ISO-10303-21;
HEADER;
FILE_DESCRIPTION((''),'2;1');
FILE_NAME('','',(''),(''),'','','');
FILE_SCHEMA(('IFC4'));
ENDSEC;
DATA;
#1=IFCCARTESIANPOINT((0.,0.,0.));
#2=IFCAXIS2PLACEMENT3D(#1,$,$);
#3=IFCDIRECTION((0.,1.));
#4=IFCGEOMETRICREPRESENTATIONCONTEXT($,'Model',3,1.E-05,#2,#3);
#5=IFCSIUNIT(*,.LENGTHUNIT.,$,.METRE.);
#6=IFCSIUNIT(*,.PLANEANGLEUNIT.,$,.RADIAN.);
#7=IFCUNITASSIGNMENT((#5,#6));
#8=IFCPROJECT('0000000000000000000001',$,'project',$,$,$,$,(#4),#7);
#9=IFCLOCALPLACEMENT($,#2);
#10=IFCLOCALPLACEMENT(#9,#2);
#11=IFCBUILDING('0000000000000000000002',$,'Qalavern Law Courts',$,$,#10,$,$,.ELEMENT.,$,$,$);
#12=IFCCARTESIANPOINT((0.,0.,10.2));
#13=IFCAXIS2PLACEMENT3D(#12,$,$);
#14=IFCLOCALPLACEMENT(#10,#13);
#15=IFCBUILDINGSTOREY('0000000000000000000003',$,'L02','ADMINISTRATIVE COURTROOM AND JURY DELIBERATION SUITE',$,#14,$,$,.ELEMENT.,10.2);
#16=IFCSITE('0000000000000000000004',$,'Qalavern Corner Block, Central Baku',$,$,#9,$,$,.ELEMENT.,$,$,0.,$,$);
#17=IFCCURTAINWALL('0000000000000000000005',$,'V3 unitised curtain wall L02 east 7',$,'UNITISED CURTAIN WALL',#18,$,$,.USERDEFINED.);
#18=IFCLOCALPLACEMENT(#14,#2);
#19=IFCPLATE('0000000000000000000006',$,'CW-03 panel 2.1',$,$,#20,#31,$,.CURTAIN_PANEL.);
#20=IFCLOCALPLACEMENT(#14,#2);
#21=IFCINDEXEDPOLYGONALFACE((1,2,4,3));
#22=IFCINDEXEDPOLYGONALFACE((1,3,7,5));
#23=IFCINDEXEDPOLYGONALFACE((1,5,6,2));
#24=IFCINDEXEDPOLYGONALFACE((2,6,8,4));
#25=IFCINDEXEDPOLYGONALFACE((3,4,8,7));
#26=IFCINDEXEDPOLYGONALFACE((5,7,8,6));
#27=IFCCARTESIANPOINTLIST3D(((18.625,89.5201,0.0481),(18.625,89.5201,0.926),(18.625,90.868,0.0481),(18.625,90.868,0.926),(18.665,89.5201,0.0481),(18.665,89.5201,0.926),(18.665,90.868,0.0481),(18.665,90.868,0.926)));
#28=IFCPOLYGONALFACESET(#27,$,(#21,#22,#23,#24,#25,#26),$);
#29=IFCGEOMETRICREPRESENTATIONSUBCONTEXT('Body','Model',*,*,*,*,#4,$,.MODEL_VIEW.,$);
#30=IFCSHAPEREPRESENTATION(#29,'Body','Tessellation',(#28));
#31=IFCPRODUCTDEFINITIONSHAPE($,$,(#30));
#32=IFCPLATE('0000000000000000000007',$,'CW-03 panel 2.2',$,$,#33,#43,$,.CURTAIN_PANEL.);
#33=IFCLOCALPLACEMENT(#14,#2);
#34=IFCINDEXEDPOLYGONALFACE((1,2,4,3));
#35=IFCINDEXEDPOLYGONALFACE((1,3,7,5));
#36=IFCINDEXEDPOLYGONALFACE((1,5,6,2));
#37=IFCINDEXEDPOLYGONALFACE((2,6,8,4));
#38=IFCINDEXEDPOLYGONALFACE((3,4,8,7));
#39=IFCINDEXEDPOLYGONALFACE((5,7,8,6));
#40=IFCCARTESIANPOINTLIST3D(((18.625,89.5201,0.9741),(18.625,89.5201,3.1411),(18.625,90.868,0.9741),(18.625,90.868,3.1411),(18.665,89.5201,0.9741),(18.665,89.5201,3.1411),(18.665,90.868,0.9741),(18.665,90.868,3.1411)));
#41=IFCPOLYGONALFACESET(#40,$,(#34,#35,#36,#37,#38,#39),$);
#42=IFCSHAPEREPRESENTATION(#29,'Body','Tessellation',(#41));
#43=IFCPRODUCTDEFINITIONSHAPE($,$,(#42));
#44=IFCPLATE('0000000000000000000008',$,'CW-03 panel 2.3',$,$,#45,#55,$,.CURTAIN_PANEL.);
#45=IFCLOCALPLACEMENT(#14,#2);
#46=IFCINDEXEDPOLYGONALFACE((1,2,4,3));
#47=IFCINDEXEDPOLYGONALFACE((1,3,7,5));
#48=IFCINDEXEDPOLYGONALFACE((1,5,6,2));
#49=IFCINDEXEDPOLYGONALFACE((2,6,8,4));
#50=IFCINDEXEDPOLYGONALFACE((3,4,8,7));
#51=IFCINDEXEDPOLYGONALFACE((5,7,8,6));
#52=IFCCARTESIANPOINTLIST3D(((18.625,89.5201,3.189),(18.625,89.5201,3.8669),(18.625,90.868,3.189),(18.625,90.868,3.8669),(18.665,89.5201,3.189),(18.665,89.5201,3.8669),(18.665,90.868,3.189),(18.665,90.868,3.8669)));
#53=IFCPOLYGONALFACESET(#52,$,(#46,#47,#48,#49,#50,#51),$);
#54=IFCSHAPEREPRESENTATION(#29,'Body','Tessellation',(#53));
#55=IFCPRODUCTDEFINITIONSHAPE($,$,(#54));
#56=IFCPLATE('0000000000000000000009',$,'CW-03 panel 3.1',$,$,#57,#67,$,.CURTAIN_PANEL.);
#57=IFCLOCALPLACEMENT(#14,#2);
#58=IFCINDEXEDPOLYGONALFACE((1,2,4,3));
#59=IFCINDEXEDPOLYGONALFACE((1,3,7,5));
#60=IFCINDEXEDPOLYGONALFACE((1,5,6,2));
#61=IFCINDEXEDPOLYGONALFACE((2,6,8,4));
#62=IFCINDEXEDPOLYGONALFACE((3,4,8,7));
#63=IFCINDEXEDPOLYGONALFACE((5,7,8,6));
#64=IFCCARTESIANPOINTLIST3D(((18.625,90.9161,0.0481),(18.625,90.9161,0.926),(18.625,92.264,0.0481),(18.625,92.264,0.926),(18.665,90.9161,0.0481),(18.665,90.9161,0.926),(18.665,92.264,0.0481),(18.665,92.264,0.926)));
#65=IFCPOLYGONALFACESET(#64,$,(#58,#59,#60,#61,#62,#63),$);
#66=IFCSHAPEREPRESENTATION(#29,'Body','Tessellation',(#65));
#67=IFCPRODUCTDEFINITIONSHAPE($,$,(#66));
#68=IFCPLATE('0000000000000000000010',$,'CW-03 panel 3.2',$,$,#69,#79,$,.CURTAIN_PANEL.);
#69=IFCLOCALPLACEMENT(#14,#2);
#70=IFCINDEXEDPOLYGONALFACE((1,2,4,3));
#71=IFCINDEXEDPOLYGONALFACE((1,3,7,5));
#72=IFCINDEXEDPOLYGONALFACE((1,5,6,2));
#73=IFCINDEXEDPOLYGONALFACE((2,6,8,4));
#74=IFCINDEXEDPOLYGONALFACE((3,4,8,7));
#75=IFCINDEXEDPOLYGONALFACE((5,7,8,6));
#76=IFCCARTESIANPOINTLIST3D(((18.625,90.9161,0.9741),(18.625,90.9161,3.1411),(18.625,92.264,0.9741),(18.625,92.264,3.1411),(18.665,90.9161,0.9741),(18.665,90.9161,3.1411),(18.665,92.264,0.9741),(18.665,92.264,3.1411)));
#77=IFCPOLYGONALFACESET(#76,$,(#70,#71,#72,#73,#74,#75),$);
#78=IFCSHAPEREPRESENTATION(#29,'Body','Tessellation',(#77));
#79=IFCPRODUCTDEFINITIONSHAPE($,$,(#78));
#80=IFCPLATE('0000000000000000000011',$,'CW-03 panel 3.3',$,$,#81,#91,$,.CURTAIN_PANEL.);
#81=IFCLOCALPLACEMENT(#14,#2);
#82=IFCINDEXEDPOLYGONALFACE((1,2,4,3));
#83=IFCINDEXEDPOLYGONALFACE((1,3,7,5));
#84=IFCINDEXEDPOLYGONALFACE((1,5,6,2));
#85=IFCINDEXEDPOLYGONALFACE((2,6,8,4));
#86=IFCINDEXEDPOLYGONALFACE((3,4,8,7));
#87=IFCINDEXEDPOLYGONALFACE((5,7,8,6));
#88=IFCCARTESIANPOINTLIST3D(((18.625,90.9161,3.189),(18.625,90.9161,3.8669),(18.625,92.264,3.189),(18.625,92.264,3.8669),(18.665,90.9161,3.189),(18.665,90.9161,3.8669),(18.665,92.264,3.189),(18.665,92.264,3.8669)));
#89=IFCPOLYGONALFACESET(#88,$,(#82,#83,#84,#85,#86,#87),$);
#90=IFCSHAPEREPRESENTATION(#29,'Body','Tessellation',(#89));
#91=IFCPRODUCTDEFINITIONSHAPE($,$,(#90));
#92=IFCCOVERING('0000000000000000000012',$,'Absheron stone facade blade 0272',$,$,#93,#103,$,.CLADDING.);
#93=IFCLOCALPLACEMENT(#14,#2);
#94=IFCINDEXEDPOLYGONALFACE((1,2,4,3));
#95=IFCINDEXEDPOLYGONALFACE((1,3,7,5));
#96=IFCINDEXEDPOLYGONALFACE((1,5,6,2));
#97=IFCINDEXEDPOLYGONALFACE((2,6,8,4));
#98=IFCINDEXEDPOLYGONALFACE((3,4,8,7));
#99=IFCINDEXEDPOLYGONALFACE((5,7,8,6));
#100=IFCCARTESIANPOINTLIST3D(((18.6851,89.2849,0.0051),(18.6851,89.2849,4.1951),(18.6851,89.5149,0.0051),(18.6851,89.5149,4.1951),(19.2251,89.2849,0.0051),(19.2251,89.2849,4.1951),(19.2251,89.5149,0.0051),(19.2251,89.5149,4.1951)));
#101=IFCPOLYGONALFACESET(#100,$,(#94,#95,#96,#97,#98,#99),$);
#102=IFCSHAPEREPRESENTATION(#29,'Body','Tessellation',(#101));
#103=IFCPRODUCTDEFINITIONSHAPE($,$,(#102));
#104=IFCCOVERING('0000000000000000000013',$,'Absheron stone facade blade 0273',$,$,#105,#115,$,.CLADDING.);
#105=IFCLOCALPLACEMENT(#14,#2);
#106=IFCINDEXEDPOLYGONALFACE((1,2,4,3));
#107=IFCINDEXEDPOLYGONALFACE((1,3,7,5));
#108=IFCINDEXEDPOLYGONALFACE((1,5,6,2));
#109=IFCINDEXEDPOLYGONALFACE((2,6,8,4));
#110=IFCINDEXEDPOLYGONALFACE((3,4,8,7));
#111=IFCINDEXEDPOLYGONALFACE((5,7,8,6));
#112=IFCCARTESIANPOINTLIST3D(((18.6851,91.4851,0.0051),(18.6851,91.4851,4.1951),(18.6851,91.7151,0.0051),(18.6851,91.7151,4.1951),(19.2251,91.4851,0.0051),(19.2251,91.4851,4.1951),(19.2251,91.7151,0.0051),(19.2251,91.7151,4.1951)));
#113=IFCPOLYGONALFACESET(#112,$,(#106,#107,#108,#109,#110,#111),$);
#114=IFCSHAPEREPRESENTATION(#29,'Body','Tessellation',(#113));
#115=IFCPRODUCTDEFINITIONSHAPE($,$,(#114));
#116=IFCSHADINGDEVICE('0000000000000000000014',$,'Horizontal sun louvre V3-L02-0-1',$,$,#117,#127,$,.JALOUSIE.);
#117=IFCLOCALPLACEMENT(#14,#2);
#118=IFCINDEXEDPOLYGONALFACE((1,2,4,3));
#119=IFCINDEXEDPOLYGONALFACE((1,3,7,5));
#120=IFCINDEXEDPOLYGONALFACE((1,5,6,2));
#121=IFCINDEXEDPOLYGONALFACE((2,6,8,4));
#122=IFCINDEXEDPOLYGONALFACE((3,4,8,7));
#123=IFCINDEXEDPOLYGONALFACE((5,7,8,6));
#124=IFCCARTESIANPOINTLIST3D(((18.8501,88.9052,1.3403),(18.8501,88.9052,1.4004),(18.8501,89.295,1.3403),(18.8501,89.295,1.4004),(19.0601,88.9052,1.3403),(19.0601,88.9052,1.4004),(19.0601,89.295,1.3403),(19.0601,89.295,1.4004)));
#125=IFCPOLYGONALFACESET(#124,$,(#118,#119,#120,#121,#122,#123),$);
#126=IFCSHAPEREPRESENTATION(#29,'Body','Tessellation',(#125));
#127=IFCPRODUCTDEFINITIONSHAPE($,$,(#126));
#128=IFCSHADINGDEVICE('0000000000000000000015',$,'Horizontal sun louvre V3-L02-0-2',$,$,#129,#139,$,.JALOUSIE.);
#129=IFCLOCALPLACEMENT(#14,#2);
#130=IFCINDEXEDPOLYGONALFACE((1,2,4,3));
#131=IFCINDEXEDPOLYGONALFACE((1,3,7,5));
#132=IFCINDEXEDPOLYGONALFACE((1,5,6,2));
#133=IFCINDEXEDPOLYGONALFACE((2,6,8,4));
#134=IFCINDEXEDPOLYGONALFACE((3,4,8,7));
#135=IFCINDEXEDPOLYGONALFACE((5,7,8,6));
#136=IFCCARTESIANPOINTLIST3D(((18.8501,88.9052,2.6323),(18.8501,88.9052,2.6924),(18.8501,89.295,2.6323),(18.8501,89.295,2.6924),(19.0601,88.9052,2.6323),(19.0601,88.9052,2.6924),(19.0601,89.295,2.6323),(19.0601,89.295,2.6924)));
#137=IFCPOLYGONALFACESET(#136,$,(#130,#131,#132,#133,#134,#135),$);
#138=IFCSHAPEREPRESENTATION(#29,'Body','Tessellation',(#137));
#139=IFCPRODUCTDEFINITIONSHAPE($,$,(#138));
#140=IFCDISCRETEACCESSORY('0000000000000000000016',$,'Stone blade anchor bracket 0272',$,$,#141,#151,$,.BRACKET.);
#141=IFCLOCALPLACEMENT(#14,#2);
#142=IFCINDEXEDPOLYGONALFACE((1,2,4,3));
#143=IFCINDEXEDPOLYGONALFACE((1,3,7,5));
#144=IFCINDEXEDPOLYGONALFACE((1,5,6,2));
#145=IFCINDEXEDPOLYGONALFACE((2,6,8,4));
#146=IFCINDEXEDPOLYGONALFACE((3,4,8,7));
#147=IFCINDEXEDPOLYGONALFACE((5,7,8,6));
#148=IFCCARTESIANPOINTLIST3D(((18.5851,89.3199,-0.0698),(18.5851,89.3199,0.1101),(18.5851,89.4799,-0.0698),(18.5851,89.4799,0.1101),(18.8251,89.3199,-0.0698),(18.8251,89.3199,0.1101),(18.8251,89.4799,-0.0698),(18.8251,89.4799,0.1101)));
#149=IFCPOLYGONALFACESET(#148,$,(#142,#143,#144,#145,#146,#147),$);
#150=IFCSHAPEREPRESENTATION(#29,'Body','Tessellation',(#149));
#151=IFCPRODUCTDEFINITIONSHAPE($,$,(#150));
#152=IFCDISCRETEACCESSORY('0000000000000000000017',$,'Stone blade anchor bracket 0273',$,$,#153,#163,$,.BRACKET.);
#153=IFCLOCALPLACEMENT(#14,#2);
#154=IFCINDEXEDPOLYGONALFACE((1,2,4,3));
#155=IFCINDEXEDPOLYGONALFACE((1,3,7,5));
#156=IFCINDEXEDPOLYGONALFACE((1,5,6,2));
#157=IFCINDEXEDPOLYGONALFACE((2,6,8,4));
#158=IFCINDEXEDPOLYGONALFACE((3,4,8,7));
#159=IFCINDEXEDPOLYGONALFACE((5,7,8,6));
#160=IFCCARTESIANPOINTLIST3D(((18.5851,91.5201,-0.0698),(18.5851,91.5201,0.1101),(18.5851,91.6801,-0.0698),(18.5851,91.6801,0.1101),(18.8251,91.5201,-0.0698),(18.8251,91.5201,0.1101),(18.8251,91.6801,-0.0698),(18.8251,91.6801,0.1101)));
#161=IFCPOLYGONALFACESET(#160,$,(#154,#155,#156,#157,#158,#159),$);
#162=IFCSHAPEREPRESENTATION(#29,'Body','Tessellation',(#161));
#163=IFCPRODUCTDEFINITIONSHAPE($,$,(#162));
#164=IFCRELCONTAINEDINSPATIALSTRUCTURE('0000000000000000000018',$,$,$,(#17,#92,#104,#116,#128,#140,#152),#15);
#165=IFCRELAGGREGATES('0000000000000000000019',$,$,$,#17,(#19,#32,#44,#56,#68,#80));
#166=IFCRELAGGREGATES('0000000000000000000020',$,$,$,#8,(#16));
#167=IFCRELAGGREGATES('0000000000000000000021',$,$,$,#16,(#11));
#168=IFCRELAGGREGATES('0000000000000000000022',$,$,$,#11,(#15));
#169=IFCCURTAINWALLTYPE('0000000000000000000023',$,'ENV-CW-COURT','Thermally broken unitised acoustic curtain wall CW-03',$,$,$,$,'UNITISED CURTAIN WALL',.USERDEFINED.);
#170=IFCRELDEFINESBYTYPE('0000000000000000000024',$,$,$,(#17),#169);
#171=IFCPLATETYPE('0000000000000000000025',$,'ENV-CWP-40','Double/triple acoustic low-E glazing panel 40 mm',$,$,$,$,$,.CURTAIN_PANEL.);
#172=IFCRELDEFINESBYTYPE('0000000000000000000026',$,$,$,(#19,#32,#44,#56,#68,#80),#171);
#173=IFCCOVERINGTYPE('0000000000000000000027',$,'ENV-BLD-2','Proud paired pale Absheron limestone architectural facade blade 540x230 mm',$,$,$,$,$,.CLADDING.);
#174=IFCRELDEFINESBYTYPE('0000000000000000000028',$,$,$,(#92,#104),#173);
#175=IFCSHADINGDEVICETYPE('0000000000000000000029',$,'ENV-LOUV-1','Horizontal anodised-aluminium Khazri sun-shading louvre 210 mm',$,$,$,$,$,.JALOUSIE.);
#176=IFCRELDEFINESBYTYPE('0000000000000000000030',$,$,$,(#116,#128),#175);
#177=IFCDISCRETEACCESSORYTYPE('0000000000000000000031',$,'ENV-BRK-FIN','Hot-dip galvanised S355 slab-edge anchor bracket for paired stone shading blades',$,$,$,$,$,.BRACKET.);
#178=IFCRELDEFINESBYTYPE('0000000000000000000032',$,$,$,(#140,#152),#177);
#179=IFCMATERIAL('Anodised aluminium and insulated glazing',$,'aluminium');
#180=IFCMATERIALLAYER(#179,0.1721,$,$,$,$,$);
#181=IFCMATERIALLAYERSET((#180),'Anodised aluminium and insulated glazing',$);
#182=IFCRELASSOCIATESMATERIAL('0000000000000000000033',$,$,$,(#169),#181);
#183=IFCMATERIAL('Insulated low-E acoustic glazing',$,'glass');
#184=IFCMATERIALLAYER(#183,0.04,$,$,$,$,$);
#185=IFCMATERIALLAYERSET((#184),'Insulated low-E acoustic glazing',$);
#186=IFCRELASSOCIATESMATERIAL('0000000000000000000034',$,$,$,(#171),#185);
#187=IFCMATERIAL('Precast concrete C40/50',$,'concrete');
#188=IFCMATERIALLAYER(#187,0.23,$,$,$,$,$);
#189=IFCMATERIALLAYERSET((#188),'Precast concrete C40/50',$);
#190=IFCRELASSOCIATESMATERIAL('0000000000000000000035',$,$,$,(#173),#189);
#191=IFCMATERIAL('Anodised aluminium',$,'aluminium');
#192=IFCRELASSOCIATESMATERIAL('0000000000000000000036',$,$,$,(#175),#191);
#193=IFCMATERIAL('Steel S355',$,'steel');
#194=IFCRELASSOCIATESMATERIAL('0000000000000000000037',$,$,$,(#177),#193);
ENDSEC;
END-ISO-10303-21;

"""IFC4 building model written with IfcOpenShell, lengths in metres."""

from ifc_helpers import new_model, si_unit, direction, frame, origin, origin_2d, place, context, subcontext, project, spatial, rectangle, extrude, material, layer, layer_set, type_object, element, aggregate, save


model = new_model("IFC4")

# Units and contexts
model_context = context("Model", 3, precision=1e-05, world=origin(), true_north=direction((0.0, 1.0)))
body_context = subcontext(model_context, "Body", "Model", "MODEL_VIEW")
ifc_project = project(units=[si_unit("LENGTHUNIT", "METRE"), si_unit("PLANEANGLEUNIT", "RADIAN")], contexts=[model_context])

# Site, building, storey
site_placement = place(None, origin())
site = spatial("IfcSite", under=ifc_project, at=site_placement, Name="Qalavern Corner Block, Central Baku", CompositionType="ELEMENT", RefElevation=0.0)
building_placement = place(site_placement, origin())
building = spatial("IfcBuilding", under=site, at=building_placement, Name="Qalavern Law Courts", CompositionType="ELEMENT")
storey_placement = place(building_placement, frame((0.0, 0.0, 10.2)))
storey = spatial("IfcBuildingStorey", under=building, at=storey_placement, Name="L02", Description="ADMINISTRATIVE COURTROOM AND JURY DELIBERATION SUITE", CompositionType="ELEMENT", Elevation=10.2)

# Curtain wall, plates
ifc_material_1 = material(Name="Anodised aluminium and insulated glazing", Category="aluminium")
ifc_layer_1 = layer(ifc_material_1, 0.1721)
ifc_layer_set_1 = layer_set([ifc_layer_1], Name="Anodised aluminium and insulated glazing")
curtain_wall_type = type_object("IfcCurtainWallType", Name="ENV-CW-COURT", Description="Thermally broken unitised acoustic curtain wall CW-03", ElementType="UNITISED CURTAIN WALL", PredefinedType="USERDEFINED", material=ifc_layer_set_1)
curtain_wall_placement = place(storey_placement, origin())
curtain_wall = element("IfcCurtainWall", 1, at=curtain_wall_placement, inside=storey, type_object=curtain_wall_type, Name="V3 unitised curtain wall L02 east 7", ObjectType="UNITISED CURTAIN WALL", PredefinedType="USERDEFINED")
ifc_material_2 = material(Name="Anodised aluminium", Category="aluminium")
ifc_material_3 = material(Name="Insulated low-E acoustic glazing", Category="glass")
ifc_layer_2 = layer(ifc_material_3, 0.04)
ifc_layer_set_2 = layer_set([ifc_layer_2], Name="Insulated low-E acoustic glazing")
plate_type = type_object("IfcPlateType", Name="ENV-CWP-40", Description="Double/triple acoustic low-E glazing panel 40 mm", PredefinedType="CURTAIN_PANEL", material=ifc_layer_set_2)
plate_1_placement = place(storey_placement, frame((18.645, 90.1941, 0.0481), z_axis=(0.0, 0.0, 1.0), x_axis=(0.0, 1.0, 0.0)))
plate_1 = element("IfcPlate", 2, at=plate_1_placement, type_object=plate_type, Name="CW-03 panel 2.1", PredefinedType="CURTAIN_PANEL", context=body_context, shape_type="SweptSolid", body=[
    extrude(rectangle(XDim=1.3479, YDim=0.04, at=origin_2d()), origin(), (0.0, 0.0, 1.0), 0.8779),
])
plate_2_placement = place(storey_placement, frame((18.645, 90.1941, 0.9741), z_axis=(0.0, 0.0, 1.0), x_axis=(0.0, 1.0, 0.0)))
plate_2 = element("IfcPlate", 3, at=plate_2_placement, type_object=plate_type, Name="CW-03 panel 2.2", PredefinedType="CURTAIN_PANEL", context=body_context, shape_type="SweptSolid", body=[
    extrude(rectangle(XDim=1.3479, YDim=0.04, at=origin_2d()), origin(), (0.0, 0.0, 1.0), 2.167),
])
plate_3_placement = place(storey_placement, frame((18.645, 90.1941, 3.189), z_axis=(0.0, 0.0, 1.0), x_axis=(0.0, 1.0, 0.0)))
plate_3 = element("IfcPlate", 4, at=plate_3_placement, type_object=plate_type, Name="CW-03 panel 2.3", PredefinedType="CURTAIN_PANEL", context=body_context, shape_type="SweptSolid", body=[
    extrude(rectangle(XDim=1.3479, YDim=0.04, at=origin_2d()), origin(), (0.0, 0.0, 1.0), 0.678),
])
plate_4_placement = place(storey_placement, frame((18.645, 91.5901, 0.0481), z_axis=(0.0, 0.0, 1.0), x_axis=(0.0, 1.0, 0.0)))
plate_4 = element("IfcPlate", 5, at=plate_4_placement, type_object=plate_type, Name="CW-03 panel 3.1", PredefinedType="CURTAIN_PANEL", context=body_context, shape_type="SweptSolid", body=[
    extrude(rectangle(XDim=1.3479, YDim=0.04, at=origin_2d()), origin(), (0.0, 0.0, 1.0), 0.8779),
])
plate_5_placement = place(storey_placement, frame((18.645, 91.5901, 0.9741), z_axis=(0.0, 0.0, 1.0), x_axis=(0.0, 1.0, 0.0)))
plate_5 = element("IfcPlate", 6, at=plate_5_placement, type_object=plate_type, Name="CW-03 panel 3.2", PredefinedType="CURTAIN_PANEL", context=body_context, shape_type="SweptSolid", body=[
    extrude(rectangle(XDim=1.3479, YDim=0.04, at=origin_2d()), origin(), (0.0, 0.0, 1.0), 2.167),
])
plate_6_placement = place(storey_placement, frame((18.645, 91.5901, 3.189), z_axis=(0.0, 0.0, 1.0), x_axis=(0.0, 1.0, 0.0)))
plate_6 = element("IfcPlate", 7, at=plate_6_placement, type_object=plate_type, Name="CW-03 panel 3.3", PredefinedType="CURTAIN_PANEL", context=body_context, shape_type="SweptSolid", body=[
    extrude(rectangle(XDim=1.3479, YDim=0.04, at=origin_2d()), origin(), (0.0, 0.0, 1.0), 0.678),
])
aggregate(curtain_wall, [plate_1, plate_2, plate_3, plate_4, plate_5, plate_6])

# Coverings
ifc_material_4 = material(Name="Precast concrete C40/50", Category="concrete")
ifc_layer_3 = layer(ifc_material_4, 0.23)
ifc_layer_set_3 = layer_set([ifc_layer_3], Name="Precast concrete C40/50")
covering_type = type_object("IfcCoveringType", Name="ENV-BLD-2", Description="Proud paired pale Absheron limestone architectural facade blade 540x230 mm", PredefinedType="CLADDING", material=ifc_layer_set_3)
for number, where, z_axis, x_axis, name in (
    (8, (18.9551, 89.3999, 0.0051), (0.0, 0.0, 1.0), (1.0, 0.0, 0.0), "Absheron stone facade blade 0272"),
    (9, (18.9551, 91.6001, 0.0051), (0.0, 0.0, 1.0), (1.0, 0.0, 0.0), "Absheron stone facade blade 0273"),
):
    element("IfcCovering", number, at=place(storey_placement, frame(where, z_axis=z_axis, x_axis=x_axis)), inside=storey, type_object=covering_type, Name=name, PredefinedType="CLADDING", context=body_context, shape_type="SweptSolid", body=[
        extrude(rectangle(XDim=0.54, YDim=0.23, at=origin_2d()), origin(), (0.0, 0.0, 1.0), 4.1899),
    ])

# Shading devices
shading_device_type = type_object("IfcShadingDeviceType", Name="ENV-LOUV-1", Description="Horizontal anodised-aluminium Khazri sun-shading louvre 210 mm", PredefinedType="JALOUSIE", material=ifc_material_2)
for number, where, z_axis, x_axis, name in (
    (10, (18.9551, 89.1001, 1.3403), (0.0, 0.0, 1.0), (0.0, 1.0, 0.0), "Horizontal sun louvre V3-L02-0-1"),
    (11, (18.9551, 89.1001, 2.6323), (0.0, 0.0, 1.0), (0.0, 1.0, 0.0), "Horizontal sun louvre V3-L02-0-2"),
):
    element("IfcShadingDevice", number, at=place(storey_placement, frame(where, z_axis=z_axis, x_axis=x_axis)), inside=storey, type_object=shading_device_type, Name=name, PredefinedType="JALOUSIE", context=body_context, shape_type="SweptSolid", body=[
        extrude(rectangle(XDim=0.3899, YDim=0.21, at=origin_2d()), origin(), (0.0, 0.0, 1.0), 0.0601),
    ])

# Discrete accessories
ifc_material_5 = material(Name="Steel S355", Category="steel")
discrete_accessory_type = type_object("IfcDiscreteAccessoryType", Name="ENV-BRK-FIN", Description="Hot-dip galvanised S355 slab-edge anchor bracket for paired stone shading blades", PredefinedType="BRACKET", material=ifc_material_5)
for number, where, z_axis, x_axis, name in (
    (12, (18.7051, 89.3999, -0.0698), (0.0, 0.0, 1.0), (1.0, 0.0, 0.0), "Stone blade anchor bracket 0272"),
    (13, (18.7051, 91.6001, -0.0698), (0.0, 0.0, 1.0), (1.0, 0.0, 0.0), "Stone blade anchor bracket 0273"),
):
    element("IfcDiscreteAccessory", number, at=place(storey_placement, frame(where, z_axis=z_axis, x_axis=x_axis)), inside=storey, type_object=discrete_accessory_type, Name=name, PredefinedType="BRACKET", context=body_context, shape_type="SweptSolid", body=[
        extrude(rectangle(XDim=0.24, YDim=0.1599, at=origin_2d()), origin(), (0.0, 0.0, 1.0), 0.1799),
    ])

save(model, "model.ifc")
